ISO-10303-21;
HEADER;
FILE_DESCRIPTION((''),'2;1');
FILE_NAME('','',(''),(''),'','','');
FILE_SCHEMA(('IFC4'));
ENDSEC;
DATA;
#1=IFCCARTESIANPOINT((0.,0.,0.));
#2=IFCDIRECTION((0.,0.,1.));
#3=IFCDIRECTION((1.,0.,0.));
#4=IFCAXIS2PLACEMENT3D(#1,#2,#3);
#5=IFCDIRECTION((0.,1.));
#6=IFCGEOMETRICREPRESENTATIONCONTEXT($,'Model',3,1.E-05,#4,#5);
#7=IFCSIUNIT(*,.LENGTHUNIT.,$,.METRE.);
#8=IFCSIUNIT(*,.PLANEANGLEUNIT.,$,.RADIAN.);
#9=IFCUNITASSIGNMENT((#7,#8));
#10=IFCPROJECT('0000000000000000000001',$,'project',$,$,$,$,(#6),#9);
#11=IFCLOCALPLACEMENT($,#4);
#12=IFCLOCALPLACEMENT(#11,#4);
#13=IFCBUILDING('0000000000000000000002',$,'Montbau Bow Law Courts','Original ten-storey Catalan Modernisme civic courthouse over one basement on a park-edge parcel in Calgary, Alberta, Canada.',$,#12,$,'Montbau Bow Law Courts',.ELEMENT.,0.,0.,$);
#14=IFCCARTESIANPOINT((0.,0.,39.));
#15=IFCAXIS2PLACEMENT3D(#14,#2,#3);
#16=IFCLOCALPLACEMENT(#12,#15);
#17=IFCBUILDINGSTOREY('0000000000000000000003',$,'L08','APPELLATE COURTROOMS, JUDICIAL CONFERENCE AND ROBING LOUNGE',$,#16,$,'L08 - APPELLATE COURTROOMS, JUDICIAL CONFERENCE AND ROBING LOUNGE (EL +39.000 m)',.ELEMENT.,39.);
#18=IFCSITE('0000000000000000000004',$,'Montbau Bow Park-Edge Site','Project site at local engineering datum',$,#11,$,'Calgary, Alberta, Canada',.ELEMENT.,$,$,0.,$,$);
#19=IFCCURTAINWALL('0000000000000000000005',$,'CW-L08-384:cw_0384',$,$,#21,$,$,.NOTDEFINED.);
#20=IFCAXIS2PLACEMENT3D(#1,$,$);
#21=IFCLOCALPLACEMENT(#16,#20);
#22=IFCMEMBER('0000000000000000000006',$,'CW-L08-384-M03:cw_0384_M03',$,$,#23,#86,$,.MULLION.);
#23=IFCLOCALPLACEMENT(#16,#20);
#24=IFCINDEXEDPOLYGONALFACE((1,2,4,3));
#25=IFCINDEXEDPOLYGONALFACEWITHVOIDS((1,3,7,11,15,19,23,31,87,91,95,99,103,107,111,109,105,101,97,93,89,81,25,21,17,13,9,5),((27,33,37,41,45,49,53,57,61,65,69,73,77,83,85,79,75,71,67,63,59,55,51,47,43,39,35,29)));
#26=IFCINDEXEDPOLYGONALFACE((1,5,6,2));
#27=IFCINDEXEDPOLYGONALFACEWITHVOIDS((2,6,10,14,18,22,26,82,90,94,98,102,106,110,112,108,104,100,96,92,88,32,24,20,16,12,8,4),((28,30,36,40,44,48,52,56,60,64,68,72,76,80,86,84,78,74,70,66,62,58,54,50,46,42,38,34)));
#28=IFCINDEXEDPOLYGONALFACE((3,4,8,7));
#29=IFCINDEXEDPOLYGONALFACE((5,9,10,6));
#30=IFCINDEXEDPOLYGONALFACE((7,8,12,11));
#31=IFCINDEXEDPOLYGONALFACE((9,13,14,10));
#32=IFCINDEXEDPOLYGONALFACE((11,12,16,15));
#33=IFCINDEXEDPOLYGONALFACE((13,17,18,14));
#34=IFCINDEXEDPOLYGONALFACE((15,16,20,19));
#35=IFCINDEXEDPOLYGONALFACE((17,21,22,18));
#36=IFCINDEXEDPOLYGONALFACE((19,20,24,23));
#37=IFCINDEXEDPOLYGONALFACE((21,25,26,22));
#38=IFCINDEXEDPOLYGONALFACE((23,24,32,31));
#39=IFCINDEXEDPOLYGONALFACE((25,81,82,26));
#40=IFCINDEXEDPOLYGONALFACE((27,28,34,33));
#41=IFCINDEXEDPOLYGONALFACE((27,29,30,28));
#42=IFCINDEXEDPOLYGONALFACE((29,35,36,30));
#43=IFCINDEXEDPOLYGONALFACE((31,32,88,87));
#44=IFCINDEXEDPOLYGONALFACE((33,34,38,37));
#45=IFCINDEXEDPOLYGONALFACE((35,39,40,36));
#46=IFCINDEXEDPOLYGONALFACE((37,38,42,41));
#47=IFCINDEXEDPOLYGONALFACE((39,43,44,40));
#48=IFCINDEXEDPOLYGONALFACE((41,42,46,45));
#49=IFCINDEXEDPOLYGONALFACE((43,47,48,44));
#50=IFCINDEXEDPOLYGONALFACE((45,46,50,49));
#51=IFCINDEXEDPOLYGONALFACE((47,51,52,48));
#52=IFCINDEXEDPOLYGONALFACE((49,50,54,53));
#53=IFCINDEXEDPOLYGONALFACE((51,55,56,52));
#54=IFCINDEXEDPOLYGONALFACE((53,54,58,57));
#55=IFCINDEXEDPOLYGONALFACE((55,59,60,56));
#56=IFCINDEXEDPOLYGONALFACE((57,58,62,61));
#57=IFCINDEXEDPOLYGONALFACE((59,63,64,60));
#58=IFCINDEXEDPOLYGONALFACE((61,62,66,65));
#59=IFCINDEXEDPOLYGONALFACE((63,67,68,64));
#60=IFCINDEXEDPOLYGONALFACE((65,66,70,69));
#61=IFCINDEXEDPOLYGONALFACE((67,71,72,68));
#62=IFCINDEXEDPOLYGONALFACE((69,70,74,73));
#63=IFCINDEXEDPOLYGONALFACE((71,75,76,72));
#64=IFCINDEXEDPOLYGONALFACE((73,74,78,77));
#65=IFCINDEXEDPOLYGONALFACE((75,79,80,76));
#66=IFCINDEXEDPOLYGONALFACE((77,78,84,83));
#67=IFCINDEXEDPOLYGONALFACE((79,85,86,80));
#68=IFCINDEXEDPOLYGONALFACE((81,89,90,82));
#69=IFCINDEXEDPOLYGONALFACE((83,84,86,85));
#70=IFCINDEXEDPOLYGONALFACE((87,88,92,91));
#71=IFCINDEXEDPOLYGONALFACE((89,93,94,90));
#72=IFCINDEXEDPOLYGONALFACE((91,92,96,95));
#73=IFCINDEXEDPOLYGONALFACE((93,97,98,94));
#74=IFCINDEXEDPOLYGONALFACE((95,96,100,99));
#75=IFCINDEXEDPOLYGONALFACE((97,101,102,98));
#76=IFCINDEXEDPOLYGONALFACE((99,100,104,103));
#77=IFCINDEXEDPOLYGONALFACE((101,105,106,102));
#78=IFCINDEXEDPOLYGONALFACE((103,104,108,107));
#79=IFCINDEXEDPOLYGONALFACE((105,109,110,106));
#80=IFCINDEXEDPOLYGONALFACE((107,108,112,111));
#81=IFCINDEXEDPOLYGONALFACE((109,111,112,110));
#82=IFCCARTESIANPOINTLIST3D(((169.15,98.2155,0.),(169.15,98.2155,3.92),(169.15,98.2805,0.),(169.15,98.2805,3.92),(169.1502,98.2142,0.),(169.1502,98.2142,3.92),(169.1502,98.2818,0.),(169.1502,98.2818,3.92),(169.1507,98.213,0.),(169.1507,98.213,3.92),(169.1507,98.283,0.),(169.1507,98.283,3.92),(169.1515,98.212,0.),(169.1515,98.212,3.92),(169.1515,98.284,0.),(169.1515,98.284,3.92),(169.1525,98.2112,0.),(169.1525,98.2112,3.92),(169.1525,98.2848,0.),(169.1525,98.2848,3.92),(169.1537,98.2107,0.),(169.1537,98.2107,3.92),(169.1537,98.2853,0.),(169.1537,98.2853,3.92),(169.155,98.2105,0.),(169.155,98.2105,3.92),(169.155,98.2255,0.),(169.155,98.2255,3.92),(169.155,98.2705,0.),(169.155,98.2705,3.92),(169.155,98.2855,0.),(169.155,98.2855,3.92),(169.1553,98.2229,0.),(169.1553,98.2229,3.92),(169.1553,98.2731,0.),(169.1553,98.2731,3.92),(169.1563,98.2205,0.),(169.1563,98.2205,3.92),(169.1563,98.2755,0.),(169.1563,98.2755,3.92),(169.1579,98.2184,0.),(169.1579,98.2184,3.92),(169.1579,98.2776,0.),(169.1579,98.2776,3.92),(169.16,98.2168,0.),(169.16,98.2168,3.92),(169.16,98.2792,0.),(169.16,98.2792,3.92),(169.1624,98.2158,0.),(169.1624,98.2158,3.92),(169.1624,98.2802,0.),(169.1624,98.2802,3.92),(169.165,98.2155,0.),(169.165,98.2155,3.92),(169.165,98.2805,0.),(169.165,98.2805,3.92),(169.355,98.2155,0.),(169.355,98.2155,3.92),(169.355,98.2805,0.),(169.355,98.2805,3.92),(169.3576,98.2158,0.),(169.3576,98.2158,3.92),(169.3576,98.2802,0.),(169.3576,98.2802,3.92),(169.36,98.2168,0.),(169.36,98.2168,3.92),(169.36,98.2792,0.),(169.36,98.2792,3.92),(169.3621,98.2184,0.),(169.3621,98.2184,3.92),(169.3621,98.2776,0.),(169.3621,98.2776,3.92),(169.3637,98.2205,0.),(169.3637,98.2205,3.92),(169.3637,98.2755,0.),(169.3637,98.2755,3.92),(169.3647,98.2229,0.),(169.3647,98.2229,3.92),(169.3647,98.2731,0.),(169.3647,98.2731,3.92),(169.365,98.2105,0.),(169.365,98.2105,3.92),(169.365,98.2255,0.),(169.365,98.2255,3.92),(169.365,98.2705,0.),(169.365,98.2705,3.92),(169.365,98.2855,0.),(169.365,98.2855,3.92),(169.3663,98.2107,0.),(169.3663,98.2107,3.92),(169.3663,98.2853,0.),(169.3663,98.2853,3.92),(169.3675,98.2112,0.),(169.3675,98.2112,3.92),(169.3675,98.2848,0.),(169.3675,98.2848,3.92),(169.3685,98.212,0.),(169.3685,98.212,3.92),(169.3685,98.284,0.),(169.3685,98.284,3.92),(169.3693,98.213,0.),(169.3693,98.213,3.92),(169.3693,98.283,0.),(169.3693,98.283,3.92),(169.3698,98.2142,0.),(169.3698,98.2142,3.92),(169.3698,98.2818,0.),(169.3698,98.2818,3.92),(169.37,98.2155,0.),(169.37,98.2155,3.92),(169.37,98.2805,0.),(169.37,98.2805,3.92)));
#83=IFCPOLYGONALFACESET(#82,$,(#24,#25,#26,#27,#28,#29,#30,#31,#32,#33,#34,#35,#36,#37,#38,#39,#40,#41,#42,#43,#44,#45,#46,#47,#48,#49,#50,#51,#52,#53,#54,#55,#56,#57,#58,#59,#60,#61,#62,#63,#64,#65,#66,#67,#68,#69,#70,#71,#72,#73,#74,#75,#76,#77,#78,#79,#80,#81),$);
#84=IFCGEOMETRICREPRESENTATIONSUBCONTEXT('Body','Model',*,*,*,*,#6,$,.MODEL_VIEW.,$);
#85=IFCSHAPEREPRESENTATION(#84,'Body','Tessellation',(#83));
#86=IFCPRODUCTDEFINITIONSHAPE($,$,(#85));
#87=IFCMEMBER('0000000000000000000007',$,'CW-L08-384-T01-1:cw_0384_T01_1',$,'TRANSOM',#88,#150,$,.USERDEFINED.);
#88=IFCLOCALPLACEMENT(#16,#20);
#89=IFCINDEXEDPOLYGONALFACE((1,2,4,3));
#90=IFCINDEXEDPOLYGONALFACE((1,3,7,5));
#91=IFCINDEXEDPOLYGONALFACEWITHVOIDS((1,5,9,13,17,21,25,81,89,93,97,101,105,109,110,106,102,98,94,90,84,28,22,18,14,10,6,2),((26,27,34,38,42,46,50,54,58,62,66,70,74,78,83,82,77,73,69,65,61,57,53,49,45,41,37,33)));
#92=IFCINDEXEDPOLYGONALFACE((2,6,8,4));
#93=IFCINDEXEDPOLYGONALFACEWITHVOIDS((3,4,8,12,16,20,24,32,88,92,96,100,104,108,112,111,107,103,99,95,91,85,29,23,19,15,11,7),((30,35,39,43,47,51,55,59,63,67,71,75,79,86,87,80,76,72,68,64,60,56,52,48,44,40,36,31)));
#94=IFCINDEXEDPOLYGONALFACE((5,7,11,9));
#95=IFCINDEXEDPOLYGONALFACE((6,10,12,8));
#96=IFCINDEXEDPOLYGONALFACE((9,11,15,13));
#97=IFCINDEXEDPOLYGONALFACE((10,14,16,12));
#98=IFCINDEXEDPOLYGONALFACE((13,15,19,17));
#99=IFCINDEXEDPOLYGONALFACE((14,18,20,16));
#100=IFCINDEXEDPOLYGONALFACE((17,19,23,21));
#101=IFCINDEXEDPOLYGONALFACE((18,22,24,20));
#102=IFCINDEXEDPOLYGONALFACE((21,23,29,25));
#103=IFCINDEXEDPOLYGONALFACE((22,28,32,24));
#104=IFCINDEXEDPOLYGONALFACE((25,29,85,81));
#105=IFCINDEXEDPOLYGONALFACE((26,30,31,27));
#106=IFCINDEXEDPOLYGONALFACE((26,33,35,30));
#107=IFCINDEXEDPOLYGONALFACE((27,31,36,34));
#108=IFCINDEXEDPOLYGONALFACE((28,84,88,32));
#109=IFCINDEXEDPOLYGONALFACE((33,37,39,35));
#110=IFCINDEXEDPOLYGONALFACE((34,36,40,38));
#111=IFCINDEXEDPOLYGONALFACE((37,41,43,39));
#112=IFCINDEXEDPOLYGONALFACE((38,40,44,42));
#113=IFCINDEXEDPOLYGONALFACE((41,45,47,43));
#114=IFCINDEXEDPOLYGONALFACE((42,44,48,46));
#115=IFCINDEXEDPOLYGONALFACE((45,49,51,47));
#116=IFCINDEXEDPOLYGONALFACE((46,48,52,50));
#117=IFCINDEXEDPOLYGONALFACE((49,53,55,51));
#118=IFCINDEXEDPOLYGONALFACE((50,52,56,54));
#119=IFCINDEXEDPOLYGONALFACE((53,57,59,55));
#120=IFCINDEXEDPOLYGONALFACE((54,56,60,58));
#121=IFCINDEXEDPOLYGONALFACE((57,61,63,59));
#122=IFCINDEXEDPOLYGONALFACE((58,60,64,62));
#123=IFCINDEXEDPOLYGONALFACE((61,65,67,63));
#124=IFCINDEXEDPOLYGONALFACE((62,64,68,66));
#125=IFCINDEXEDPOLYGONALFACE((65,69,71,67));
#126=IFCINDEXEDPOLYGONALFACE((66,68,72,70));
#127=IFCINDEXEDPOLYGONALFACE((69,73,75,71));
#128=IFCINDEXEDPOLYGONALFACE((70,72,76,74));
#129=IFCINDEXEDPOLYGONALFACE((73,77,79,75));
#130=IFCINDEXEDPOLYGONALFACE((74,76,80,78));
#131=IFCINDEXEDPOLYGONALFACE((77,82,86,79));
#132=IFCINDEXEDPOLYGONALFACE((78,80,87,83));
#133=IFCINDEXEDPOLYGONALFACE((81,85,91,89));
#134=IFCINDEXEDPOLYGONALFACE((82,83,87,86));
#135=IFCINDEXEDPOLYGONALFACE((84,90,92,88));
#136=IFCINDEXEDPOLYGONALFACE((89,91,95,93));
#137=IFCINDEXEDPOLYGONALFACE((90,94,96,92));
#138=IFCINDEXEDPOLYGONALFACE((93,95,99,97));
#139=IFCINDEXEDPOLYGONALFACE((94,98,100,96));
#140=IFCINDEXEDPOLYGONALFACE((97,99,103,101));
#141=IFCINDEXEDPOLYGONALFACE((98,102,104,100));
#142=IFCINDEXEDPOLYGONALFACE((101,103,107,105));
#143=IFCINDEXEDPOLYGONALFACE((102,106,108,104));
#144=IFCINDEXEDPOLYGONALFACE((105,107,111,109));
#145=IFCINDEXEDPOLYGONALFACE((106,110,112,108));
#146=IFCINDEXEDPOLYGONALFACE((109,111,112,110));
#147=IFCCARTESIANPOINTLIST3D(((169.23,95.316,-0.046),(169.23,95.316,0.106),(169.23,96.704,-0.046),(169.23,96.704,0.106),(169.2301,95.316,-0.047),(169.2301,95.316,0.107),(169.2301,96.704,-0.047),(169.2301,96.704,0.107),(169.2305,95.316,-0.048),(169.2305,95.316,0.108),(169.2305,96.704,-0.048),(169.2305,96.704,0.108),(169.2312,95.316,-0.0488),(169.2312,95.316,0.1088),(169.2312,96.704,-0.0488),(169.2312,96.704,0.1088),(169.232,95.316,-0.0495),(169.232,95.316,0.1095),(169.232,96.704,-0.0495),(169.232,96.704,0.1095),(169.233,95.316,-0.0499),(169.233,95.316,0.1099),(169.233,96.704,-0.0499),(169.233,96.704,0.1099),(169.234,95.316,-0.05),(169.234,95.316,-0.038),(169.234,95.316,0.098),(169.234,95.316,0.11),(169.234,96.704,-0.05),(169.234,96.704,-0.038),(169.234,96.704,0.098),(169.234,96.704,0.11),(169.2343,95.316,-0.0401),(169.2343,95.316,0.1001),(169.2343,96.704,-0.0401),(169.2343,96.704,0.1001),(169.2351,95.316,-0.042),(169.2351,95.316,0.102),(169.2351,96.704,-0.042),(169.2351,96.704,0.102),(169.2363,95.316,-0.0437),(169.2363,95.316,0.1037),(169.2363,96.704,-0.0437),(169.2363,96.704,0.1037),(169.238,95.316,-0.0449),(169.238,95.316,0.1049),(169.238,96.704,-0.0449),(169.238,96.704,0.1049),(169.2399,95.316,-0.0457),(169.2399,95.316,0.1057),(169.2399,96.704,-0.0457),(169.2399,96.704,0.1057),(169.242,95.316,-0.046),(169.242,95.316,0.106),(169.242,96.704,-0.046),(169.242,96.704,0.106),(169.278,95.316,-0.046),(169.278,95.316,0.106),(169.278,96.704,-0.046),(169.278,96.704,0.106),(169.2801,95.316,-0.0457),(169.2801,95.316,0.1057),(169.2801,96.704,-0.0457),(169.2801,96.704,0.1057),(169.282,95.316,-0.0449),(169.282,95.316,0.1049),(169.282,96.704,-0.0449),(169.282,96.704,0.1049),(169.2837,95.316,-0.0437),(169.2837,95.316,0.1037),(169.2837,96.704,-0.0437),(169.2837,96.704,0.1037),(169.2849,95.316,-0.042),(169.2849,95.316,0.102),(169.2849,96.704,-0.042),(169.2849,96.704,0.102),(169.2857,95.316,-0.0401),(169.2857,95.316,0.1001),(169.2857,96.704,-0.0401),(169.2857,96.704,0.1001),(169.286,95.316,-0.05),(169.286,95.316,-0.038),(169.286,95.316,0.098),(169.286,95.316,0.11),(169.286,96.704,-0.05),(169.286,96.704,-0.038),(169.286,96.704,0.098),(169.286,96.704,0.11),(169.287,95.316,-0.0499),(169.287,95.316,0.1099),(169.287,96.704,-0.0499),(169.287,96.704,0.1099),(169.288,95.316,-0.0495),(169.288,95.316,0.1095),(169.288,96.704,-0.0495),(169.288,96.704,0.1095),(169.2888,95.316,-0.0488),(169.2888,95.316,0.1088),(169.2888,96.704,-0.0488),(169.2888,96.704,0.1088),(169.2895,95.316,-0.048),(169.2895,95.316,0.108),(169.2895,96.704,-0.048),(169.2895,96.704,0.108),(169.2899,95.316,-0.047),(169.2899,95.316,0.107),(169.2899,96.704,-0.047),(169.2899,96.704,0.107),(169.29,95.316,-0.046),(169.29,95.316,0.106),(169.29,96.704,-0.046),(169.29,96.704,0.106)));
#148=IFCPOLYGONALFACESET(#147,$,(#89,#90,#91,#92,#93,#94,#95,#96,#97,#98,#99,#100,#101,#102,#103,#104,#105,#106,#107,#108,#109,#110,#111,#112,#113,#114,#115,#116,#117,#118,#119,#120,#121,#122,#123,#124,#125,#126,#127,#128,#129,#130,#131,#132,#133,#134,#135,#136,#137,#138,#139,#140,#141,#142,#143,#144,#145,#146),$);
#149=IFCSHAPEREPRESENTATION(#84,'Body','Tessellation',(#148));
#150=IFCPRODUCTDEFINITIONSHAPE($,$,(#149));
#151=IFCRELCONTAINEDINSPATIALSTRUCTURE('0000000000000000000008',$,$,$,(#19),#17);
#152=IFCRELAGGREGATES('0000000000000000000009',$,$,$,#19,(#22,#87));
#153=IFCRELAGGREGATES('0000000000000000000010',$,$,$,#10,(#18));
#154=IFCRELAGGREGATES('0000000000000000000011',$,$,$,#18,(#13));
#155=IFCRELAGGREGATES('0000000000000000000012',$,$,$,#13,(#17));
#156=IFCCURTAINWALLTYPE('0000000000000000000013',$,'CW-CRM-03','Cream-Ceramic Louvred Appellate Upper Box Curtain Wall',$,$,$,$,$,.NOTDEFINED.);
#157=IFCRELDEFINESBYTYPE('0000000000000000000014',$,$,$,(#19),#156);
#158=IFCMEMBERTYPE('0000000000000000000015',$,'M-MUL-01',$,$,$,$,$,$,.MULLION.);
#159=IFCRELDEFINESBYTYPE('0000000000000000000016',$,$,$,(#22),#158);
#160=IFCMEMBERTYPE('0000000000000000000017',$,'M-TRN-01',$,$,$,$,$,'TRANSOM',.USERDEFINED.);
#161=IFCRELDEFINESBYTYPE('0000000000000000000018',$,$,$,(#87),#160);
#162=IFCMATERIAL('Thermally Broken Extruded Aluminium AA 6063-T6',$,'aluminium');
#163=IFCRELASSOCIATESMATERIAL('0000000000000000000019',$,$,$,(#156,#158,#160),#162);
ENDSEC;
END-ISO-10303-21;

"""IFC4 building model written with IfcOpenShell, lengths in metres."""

from ifc_helpers import new_model, si_unit, direction, frame, origin_with_axes, origin_2d_with_axis, place, context, subcontext, project, spatial, hollow_rectangle, extrude, material, material_profile, profile_set, type_object, element, aggregate, save


model = new_model("IFC4")

# Units and contexts
model_context = context("Model", 3, precision=1e-05, world=origin_with_axes(), true_north=direction((0.0, 1.0)))
body_context = subcontext(model_context, "Body", "Model", "MODEL_VIEW")
ifc_project = project(units=[si_unit("LENGTHUNIT", "METRE"), si_unit("PLANEANGLEUNIT", "RADIAN")], contexts=[model_context])

# Site, building, storey
site_placement = place(None, origin_with_axes())
site = spatial("IfcSite", under=ifc_project, at=site_placement, Name="Montbau Bow Park-Edge Site", Description="Project site at local engineering datum", LongName="Calgary, Alberta, Canada", CompositionType="ELEMENT", RefElevation=0.0)
building_placement = place(site_placement, origin_with_axes())
building = spatial("IfcBuilding", under=site, at=building_placement, Name="Montbau Bow Law Courts", Description="Original ten-storey Catalan Modernisme civic courthouse over one basement on a park-edge parcel in Calgary, Alberta, Canada.", LongName="Montbau Bow Law Courts", CompositionType="ELEMENT", ElevationOfRefHeight=0.0, ElevationOfTerrain=0.0)
storey_placement = place(building_placement, frame((0.0, 0.0, 39.0), z_axis=(0.0, 0.0, 1.0), x_axis=(1.0, 0.0, 0.0)))
storey = spatial("IfcBuildingStorey", under=building, at=storey_placement, Name="L08", Description="APPELLATE COURTROOMS, JUDICIAL CONFERENCE AND ROBING LOUNGE", LongName="L08 - APPELLATE COURTROOMS, JUDICIAL CONFERENCE AND ROBING LOUNGE (EL +39.000 m)", CompositionType="ELEMENT", Elevation=39.0)

# Curtain wall, members
ifc_material_1 = material(Name="Thermally Broken Extruded Aluminium AA 6063-T6", Category="aluminium")
curtain_wall_type = type_object("IfcCurtainWallType", Name="CW-CRM-03", Description="Cream-Ceramic Louvred Appellate Upper Box Curtain Wall", PredefinedType="NOTDEFINED", material=ifc_material_1)
curtain_wall_placement = place(None, frame((169.26, 95.24, 39.0), z_axis=(0.0, 0.0, 1.0), x_axis=(1.0, 0.0, 0.0)))
curtain_wall = element("IfcCurtainWall", 1, at=curtain_wall_placement, inside=storey, type_object=curtain_wall_type, Name="CW-L08-384:cw_0384", PredefinedType="NOTDEFINED")
ifc_material_profile_1 = material_profile(ifc_material_1, hollow_rectangle(XDim=0.075, YDim=0.22, WallThickness=0.005, InnerFilletRadius=0.01, OuterFilletRadius=0.005, at=origin_2d_with_axis()), Name="CWM-220X75", Category="Main", Priority=0)
ifc_profile_set_1 = profile_set([ifc_material_profile_1], Name="Thermally Broken Extruded Aluminium AA 6063-T6")
member_type_1 = type_object("IfcMemberType", Name="M-MUL-01", PredefinedType="MULLION", material=ifc_profile_set_1)
member_1_placement = place(None, frame((169.26, 98.248, 39.0), z_axis=(0.0, 0.0, 1.0), x_axis=(0.0, 1.0, 0.0)))
member_1 = element("IfcMember", 2, at=member_1_placement, type_object=member_type_1, Name="CW-L08-384-M03:cw_0384_M03", PredefinedType="MULLION", context=body_context, shape_type="SweptSolid", body=[
    extrude(hollow_rectangle(XDim=0.075, YDim=0.22, WallThickness=0.005, InnerFilletRadius=0.01, OuterFilletRadius=0.005, at=origin_2d_with_axis()), origin_with_axes(), (0.0, 0.0, 1.0), 3.92),
])
ifc_material_profile_2 = material_profile(ifc_material_1, hollow_rectangle(XDim=0.06, YDim=0.16, WallThickness=0.004, InnerFilletRadius=0.008, OuterFilletRadius=0.004, at=origin_2d_with_axis()), Name="CWT-160X60", Category="Main", Priority=0)
ifc_profile_set_2 = profile_set([ifc_material_profile_2], Name="Thermally Broken Extruded Aluminium AA 6063-T6")
member_type_2 = type_object("IfcMemberType", Name="M-TRN-01", ElementType="TRANSOM", PredefinedType="USERDEFINED", material=ifc_profile_set_2)
member_2_placement = place(None, frame((169.26, 95.316, 39.03), z_axis=(0.0, 1.0, 0.0), x_axis=(-1.0, 0.0, 0.0)))
member_2 = element("IfcMember", 3, at=member_2_placement, type_object=member_type_2, Name="CW-L08-384-T01-1:cw_0384_T01_1", ObjectType="TRANSOM", PredefinedType="USERDEFINED", context=body_context, shape_type="SweptSolid", body=[
    extrude(hollow_rectangle(XDim=0.06, YDim=0.16, WallThickness=0.004, InnerFilletRadius=0.008, OuterFilletRadius=0.004, at=origin_2d_with_axis()), origin_with_axes(), (0.0, 0.0, 1.0), 1.388),
])
aggregate(curtain_wall, [member_1, member_2])

save(model, "model.ifc")
